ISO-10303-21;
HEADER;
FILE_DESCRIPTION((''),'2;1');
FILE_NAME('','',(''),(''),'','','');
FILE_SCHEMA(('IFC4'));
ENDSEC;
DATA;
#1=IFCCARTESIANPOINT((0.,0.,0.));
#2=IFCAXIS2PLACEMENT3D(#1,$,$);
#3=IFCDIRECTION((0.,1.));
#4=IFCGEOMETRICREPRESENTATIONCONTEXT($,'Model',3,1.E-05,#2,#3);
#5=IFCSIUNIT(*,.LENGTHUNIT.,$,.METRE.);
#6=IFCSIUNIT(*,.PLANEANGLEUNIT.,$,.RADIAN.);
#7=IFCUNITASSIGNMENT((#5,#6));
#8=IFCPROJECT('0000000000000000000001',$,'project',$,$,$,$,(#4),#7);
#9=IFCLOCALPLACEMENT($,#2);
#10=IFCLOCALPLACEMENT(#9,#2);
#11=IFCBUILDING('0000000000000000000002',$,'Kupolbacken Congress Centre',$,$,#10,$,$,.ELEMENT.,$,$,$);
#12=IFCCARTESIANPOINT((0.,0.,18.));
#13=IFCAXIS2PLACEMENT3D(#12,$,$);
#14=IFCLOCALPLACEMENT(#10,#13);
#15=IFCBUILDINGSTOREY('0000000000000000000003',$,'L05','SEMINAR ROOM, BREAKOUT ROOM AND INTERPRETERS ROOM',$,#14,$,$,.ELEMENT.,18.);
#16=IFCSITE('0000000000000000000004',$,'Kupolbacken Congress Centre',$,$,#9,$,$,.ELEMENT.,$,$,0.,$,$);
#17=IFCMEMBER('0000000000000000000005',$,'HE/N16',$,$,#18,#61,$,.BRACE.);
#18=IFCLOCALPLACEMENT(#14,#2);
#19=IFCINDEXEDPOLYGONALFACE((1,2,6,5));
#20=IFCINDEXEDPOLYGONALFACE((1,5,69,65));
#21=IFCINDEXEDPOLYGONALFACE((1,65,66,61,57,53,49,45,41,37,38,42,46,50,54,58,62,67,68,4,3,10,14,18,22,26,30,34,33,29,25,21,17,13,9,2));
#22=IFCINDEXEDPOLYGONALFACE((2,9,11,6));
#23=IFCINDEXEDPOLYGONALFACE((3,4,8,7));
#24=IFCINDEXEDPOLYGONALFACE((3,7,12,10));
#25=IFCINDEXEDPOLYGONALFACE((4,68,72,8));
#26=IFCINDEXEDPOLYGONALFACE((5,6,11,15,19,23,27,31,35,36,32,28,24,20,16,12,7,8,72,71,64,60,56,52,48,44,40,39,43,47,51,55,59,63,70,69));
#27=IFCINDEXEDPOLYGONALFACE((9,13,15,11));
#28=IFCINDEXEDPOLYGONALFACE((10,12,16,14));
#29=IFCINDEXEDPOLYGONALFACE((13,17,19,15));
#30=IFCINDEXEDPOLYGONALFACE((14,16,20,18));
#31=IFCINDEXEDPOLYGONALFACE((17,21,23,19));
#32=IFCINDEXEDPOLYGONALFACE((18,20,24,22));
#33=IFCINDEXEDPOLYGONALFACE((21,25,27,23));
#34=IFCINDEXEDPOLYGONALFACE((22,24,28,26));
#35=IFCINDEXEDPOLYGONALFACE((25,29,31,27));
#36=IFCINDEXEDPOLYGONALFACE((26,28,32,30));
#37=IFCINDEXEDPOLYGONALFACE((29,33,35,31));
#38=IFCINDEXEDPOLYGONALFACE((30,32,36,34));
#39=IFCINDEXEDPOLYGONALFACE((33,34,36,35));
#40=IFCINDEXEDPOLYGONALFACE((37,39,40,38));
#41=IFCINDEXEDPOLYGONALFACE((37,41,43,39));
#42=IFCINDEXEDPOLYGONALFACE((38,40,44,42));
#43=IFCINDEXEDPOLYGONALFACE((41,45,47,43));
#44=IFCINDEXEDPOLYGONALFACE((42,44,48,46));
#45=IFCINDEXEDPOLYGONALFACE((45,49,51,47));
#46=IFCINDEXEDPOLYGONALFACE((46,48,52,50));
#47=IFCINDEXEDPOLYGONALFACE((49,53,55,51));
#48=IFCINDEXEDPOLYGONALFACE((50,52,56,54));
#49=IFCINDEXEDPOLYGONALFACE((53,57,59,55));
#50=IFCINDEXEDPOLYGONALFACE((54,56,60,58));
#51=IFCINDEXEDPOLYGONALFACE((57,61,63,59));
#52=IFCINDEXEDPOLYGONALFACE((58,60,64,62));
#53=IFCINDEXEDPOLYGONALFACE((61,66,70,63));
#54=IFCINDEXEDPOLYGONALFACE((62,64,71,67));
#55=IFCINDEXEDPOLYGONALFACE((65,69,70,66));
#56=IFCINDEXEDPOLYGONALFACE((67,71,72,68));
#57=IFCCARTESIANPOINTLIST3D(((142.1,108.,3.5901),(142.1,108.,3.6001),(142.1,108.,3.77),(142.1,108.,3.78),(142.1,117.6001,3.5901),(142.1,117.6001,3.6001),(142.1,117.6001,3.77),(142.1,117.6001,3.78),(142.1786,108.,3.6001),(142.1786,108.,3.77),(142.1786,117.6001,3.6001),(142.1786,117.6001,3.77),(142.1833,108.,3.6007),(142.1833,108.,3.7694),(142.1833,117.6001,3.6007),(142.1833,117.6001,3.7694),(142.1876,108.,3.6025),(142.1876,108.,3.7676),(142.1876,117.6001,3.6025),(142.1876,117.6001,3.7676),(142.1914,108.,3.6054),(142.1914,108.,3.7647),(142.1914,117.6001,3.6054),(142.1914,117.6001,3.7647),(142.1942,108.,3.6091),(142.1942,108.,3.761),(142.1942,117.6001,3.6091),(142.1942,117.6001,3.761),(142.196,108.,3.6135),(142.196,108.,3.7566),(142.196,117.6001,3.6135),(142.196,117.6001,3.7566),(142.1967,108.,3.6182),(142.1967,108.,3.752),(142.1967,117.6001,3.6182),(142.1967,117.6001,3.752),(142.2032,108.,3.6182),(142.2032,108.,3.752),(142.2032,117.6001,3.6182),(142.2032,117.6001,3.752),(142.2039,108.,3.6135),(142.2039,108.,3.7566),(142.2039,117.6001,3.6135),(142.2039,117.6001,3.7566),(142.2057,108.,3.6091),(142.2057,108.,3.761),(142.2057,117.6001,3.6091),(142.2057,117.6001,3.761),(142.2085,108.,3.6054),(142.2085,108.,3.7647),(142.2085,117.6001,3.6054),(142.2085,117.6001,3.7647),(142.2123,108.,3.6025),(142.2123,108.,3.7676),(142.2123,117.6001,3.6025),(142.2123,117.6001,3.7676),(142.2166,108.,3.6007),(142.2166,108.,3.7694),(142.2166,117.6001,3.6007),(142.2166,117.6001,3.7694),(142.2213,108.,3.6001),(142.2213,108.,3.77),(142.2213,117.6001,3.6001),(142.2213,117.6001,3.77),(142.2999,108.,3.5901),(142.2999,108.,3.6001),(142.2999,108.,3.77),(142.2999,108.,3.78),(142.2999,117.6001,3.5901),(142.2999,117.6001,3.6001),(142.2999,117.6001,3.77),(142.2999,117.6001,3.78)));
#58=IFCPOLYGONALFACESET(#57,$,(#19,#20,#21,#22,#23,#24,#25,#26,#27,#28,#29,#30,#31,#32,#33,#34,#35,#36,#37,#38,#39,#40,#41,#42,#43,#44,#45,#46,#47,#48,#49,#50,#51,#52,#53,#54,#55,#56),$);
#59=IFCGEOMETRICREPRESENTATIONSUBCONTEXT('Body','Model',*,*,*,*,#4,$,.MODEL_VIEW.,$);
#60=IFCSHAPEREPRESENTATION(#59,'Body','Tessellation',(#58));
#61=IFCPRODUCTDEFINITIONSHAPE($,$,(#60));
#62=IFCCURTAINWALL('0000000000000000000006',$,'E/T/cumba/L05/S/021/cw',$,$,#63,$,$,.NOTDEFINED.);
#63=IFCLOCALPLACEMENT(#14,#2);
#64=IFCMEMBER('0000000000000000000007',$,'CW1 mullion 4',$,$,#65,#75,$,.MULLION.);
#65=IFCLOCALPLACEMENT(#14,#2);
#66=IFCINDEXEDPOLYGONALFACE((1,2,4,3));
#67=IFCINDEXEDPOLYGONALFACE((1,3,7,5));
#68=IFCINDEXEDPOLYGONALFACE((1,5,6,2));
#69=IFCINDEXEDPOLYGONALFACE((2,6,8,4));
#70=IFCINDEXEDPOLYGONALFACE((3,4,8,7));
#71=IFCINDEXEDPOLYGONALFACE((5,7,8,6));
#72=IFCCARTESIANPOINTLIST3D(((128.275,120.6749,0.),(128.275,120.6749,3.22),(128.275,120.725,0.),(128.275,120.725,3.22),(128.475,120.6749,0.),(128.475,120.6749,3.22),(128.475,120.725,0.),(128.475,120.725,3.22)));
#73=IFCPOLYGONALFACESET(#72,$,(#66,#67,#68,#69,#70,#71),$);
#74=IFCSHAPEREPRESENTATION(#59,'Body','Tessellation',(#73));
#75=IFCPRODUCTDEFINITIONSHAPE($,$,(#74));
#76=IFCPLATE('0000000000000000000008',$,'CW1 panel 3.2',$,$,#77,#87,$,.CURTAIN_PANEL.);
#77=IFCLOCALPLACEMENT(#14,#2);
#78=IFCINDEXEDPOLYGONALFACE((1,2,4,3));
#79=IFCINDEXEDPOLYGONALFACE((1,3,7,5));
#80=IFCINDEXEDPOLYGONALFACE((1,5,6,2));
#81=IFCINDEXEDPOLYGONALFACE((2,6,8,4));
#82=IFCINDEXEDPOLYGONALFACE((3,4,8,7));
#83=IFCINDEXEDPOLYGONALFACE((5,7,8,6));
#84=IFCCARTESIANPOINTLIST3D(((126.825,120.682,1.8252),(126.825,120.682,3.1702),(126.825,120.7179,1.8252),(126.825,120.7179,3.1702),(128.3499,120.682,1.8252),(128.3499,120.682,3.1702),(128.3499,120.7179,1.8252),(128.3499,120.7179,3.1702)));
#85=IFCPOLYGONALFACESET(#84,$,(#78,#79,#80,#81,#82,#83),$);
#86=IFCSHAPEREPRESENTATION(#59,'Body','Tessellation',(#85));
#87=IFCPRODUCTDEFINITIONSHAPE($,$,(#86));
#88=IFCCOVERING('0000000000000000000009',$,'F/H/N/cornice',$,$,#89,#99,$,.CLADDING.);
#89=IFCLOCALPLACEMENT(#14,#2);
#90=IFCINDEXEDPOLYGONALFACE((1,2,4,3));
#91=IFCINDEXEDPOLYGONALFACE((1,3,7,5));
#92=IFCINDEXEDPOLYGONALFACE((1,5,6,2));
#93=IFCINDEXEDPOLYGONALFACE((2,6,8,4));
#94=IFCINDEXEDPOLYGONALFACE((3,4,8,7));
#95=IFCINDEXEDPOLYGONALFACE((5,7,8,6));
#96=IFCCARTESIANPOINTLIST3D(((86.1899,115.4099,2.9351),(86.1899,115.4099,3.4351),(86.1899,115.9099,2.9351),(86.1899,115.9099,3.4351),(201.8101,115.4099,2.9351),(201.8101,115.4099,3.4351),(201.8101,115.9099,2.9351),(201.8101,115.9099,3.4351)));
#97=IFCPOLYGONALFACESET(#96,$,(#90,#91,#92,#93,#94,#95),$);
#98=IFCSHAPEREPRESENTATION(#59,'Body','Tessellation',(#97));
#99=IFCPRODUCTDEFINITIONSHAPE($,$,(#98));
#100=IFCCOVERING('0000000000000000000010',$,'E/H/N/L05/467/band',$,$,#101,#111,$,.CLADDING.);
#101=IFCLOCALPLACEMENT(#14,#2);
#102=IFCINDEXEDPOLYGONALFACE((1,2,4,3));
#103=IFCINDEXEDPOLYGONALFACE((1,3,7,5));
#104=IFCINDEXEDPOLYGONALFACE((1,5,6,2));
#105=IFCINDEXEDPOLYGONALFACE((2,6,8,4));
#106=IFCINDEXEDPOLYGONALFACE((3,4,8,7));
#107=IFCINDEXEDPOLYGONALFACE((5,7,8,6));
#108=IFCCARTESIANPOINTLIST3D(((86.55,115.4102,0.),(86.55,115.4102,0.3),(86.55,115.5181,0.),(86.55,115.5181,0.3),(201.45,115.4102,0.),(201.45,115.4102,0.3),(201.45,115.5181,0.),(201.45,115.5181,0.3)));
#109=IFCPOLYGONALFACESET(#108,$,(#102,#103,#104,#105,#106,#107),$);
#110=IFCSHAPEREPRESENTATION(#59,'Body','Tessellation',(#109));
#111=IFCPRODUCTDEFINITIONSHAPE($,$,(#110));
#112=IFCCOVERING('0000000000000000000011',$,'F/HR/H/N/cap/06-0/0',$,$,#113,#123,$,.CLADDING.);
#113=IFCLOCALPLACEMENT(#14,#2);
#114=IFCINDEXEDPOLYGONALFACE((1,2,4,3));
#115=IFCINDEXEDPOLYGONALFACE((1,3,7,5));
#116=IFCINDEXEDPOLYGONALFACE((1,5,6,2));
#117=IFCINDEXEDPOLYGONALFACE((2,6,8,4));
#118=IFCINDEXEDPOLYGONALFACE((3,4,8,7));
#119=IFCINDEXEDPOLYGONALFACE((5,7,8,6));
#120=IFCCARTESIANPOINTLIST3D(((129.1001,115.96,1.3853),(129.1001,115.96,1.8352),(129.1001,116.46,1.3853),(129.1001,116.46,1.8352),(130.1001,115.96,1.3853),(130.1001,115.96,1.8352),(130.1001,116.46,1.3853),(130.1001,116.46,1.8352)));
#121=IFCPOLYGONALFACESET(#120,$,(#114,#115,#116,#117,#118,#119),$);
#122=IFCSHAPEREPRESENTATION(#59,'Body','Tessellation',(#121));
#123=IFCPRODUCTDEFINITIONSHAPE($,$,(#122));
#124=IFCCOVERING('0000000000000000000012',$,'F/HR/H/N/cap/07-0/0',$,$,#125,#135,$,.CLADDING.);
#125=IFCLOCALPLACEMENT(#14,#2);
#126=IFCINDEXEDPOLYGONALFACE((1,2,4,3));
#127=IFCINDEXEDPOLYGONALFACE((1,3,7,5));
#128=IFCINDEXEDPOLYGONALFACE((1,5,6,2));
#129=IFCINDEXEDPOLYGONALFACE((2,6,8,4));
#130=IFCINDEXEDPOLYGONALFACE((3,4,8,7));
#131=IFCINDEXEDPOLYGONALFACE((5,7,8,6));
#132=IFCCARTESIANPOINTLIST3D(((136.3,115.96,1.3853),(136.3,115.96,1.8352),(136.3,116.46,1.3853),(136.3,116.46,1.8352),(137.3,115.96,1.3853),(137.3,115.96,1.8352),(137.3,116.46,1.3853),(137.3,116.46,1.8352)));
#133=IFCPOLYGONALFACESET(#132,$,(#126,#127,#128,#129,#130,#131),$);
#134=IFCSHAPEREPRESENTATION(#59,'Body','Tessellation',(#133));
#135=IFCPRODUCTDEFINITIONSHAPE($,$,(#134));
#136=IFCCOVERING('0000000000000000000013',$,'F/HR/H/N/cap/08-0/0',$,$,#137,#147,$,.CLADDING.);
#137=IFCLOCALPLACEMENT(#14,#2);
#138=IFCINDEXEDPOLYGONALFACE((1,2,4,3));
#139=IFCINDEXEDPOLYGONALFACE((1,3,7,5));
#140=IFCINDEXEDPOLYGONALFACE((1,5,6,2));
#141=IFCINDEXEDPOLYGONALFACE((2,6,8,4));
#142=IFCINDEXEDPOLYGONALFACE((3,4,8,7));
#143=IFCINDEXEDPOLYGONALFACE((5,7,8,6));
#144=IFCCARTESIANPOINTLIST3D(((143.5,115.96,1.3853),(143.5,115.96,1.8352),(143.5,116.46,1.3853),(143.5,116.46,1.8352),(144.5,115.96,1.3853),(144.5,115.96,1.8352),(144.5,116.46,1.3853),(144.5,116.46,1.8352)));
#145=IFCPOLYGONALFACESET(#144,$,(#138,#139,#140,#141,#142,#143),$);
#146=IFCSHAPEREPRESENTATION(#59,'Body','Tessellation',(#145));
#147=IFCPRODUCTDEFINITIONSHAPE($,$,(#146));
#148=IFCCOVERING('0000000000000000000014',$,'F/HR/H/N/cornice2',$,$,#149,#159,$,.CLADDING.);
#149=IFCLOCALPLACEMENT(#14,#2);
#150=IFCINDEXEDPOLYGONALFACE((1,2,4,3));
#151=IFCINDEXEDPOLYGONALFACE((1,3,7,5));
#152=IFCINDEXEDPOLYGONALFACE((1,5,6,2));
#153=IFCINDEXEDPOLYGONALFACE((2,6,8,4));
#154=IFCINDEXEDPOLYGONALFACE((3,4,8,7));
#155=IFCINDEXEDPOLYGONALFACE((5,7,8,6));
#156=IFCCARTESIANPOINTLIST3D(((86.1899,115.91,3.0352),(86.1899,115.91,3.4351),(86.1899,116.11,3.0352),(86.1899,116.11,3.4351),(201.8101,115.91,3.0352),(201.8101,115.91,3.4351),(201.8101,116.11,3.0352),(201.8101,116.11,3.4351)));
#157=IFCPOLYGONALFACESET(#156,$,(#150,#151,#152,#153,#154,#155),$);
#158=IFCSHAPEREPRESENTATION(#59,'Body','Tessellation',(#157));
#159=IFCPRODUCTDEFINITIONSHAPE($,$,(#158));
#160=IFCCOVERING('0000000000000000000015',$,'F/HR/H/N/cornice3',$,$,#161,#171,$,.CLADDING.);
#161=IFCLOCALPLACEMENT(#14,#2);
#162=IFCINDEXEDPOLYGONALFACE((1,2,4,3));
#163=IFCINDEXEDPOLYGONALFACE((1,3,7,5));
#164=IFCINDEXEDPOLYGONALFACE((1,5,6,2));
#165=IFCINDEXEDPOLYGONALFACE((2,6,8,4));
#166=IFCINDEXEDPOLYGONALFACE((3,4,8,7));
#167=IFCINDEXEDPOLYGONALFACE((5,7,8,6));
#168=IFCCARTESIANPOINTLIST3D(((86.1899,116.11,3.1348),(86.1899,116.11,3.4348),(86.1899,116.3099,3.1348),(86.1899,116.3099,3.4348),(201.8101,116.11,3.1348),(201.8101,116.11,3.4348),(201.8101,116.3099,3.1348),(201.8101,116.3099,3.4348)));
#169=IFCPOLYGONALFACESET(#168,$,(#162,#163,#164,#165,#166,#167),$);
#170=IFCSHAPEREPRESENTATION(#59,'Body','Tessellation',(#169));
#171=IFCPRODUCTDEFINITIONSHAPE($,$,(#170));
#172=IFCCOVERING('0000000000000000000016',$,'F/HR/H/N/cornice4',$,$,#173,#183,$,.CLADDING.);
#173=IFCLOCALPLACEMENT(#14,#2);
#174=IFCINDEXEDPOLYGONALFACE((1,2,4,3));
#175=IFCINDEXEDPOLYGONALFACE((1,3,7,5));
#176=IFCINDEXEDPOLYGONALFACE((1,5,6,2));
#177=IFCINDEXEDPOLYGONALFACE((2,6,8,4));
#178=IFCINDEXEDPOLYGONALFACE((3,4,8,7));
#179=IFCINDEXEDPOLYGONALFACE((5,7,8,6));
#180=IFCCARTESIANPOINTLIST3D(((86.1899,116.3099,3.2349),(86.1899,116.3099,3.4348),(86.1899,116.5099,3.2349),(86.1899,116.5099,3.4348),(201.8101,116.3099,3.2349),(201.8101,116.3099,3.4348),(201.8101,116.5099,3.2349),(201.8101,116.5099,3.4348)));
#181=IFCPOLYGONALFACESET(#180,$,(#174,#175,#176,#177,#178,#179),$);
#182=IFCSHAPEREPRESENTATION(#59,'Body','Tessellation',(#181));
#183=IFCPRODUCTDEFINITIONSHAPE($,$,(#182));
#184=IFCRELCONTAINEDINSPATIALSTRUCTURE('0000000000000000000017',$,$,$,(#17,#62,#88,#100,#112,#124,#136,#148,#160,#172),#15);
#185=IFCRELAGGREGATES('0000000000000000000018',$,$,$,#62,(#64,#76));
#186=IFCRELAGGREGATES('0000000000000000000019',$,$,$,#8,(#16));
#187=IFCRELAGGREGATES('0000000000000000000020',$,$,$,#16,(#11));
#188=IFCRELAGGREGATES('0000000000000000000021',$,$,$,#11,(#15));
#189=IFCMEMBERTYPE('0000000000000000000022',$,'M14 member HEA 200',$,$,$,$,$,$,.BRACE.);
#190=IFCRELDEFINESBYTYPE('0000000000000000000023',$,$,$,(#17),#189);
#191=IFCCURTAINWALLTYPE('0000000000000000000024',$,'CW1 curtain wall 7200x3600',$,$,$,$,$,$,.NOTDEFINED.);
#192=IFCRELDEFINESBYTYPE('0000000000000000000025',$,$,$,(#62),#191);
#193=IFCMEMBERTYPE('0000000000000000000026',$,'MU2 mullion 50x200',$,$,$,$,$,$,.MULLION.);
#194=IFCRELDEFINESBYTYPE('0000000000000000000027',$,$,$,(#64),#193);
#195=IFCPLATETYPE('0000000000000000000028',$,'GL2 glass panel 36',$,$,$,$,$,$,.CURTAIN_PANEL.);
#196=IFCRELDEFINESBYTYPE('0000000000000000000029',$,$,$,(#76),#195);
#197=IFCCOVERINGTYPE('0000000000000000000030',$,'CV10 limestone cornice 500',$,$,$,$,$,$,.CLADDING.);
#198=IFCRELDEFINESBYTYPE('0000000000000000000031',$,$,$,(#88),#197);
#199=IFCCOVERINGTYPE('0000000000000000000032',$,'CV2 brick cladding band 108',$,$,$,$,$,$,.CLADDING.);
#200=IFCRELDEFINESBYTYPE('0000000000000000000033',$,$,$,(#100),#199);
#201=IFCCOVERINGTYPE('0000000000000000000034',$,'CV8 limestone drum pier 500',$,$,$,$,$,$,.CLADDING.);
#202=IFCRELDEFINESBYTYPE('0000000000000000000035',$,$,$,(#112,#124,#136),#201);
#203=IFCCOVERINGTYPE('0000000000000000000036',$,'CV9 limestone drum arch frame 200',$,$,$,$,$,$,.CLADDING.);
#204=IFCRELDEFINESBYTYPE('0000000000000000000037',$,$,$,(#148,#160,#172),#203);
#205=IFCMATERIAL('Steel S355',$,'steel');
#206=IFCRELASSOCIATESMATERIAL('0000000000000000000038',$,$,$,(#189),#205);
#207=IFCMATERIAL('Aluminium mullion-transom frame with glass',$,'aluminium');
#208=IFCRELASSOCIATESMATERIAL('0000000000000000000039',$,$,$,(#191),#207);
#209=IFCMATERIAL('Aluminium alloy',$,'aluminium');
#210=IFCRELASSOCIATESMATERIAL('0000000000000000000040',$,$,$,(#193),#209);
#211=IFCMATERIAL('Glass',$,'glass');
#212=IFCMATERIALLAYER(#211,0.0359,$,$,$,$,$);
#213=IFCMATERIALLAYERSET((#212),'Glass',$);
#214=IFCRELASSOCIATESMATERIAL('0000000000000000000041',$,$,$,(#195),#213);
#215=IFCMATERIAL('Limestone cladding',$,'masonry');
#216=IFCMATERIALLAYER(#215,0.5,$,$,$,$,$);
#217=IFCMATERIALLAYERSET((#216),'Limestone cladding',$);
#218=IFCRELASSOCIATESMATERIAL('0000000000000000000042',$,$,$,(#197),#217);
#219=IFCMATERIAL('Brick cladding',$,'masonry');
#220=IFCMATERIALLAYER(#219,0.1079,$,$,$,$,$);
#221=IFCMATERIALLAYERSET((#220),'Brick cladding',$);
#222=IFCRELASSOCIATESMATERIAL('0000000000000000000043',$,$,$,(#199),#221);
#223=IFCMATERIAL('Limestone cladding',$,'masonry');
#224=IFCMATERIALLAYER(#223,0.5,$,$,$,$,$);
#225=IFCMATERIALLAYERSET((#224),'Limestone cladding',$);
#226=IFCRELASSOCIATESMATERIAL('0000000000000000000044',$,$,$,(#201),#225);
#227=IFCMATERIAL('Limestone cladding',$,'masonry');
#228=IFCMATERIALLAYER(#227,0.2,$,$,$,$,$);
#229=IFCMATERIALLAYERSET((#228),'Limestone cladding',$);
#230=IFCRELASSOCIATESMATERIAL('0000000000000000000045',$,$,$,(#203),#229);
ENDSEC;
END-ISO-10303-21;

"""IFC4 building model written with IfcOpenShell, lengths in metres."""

from ifc_helpers import new_model, si_unit, direction, frame, origin, origin_2d, place, context, subcontext, project, spatial, rectangle, i_section, extrude, material, layer, layer_set, material_profile, profile_set, type_object, element, aggregate, save


model = new_model("IFC4")

# Units and contexts
model_context = context("Model", 3, precision=1e-05, world=origin(), true_north=direction((0.0, 1.0)))
body_context = subcontext(model_context, "Body", "Model", "MODEL_VIEW")
ifc_project = project(units=[si_unit("LENGTHUNIT", "METRE"), si_unit("PLANEANGLEUNIT", "RADIAN")], contexts=[model_context])

# Site, building, storey
site_placement = place(None, origin())
site = spatial("IfcSite", under=ifc_project, at=site_placement, Name="Kupolbacken Congress Centre", CompositionType="ELEMENT", RefElevation=0.0)
building_placement = place(site_placement, origin())
building = spatial("IfcBuilding", under=site, at=building_placement, Name="Kupolbacken Congress Centre", CompositionType="ELEMENT")
storey_placement = place(building_placement, frame((0.0, 0.0, 18.0)))
storey = spatial("IfcBuildingStorey", under=building, at=storey_placement, Name="L05", Description="SEMINAR ROOM, BREAKOUT ROOM AND INTERPRETERS ROOM", CompositionType="ELEMENT", Elevation=18.0)

# Member
ifc_material_1 = material(Name="Steel S355", Category="steel")
ifc_material_profile_1 = material_profile(ifc_material_1, i_section(OverallWidth=0.2, OverallDepth=0.1899, WebThickness=0.0066, FlangeThickness=0.01, FilletRadius=0.0181, at=origin_2d()), Name="HEA 200")
ifc_profile_set_1 = profile_set([ifc_material_profile_1], Name="Steel S355")
member_type_1 = type_object("IfcMemberType", Name="M14 member HEA 200", PredefinedType="BRACE", material=ifc_profile_set_1)
for number, where, z_axis, x_axis, name in (
    (1, (142.2, 108.0, 3.6851), (0.0, 1.0, 0.0), (-1.0, 0.0, 0.0), "HE/N16"),
):
    element("IfcMember", number, at=place(storey_placement, frame(where, z_axis=z_axis, x_axis=x_axis)), inside=storey, type_object=member_type_1, Name=name, PredefinedType="BRACE", context=body_context, shape_type="SweptSolid", body=[
        extrude(i_section(OverallWidth=0.2, OverallDepth=0.1899, WebThickness=0.0066, FlangeThickness=0.01, FilletRadius=0.0181, at=origin_2d()), origin(), (0.0, 0.0, 1.0), 9.6001),
    ])

# Curtain wall, member, plate
ifc_material_2 = material(Name="Aluminium mullion-transom frame with glass", Category="aluminium")
curtain_wall_type = type_object("IfcCurtainWallType", Name="CW1 curtain wall 7200x3600", PredefinedType="NOTDEFINED", material=ifc_material_2)
curtain_wall_placement = place(storey_placement, origin())
curtain_wall = element("IfcCurtainWall", 2, at=curtain_wall_placement, inside=storey, type_object=curtain_wall_type, Name="E/T/cumba/L05/S/021/cw", PredefinedType="NOTDEFINED")
ifc_material_3 = material(Name="Aluminium alloy", Category="aluminium")
ifc_material_profile_2 = material_profile(ifc_material_3, rectangle(XDim=0.05, YDim=0.2, at=origin_2d()), Name="50 x 200")
ifc_profile_set_2 = profile_set([ifc_material_profile_2], Name="Aluminium alloy")
member_type_2 = type_object("IfcMemberType", Name="MU2 mullion 50x200", PredefinedType="MULLION", material=ifc_profile_set_2)
member_1_placement = place(storey_placement, frame((128.375, 120.7, 0.0), z_axis=(0.0, 0.0, 1.0), x_axis=(0.0, 1.0, 0.0)))
member_1 = element("IfcMember", 3, at=member_1_placement, type_object=member_type_2, Name="CW1 mullion 4", PredefinedType="MULLION", context=body_context, shape_type="SweptSolid", body=[
    extrude(rectangle(XDim=0.05, YDim=0.2, at=origin_2d()), origin(), (0.0, 0.0, 1.0), 3.22),
])
ifc_material_4 = material(Name="Glass", Category="glass")
ifc_layer_1 = layer(ifc_material_4, 0.0359)
ifc_layer_set_1 = layer_set([ifc_layer_1], Name="Glass")
plate_type = type_object("IfcPlateType", Name="GL2 glass panel 36", PredefinedType="CURTAIN_PANEL", material=ifc_layer_set_1)
plate_placement = place(storey_placement, frame((127.5874, 120.7, 1.8252), z_axis=(0.0, 0.0, 1.0), x_axis=(1.0, 0.0, 0.0)))
plate = element("IfcPlate", 4, at=plate_placement, type_object=plate_type, Name="CW1 panel 3.2", PredefinedType="CURTAIN_PANEL", context=body_context, shape_type="SweptSolid", body=[
    extrude(rectangle(XDim=1.5249, YDim=0.0359, at=origin_2d()), origin(), (0.0, 0.0, 1.0), 1.345),
])
aggregate(curtain_wall, [member_1, plate])

# Coverings
ifc_material_5 = material(Name="Limestone cladding", Category="masonry")
ifc_layer_2 = layer(ifc_material_5, 0.5)
ifc_layer_set_2 = layer_set([ifc_layer_2], Name="Limestone cladding")
covering_type_1 = type_object("IfcCoveringType", Name="CV10 limestone cornice 500", PredefinedType="CLADDING", material=ifc_layer_set_2)
covering_1_placement = place(storey_placement, frame((144.0, 115.6599, 2.9351), z_axis=(0.0, 0.0, 1.0), x_axis=(1.0, 0.0, 0.0)))
element("IfcCovering", 5, at=covering_1_placement, inside=storey, type_object=covering_type_1, Name="F/H/N/cornice", PredefinedType="CLADDING", context=body_context, shape_type="SweptSolid", body=[
    extrude(rectangle(XDim=115.6201, YDim=0.5, at=origin_2d()), origin(), (0.0, 0.0, 1.0), 0.5),
])
ifc_material_6 = material(Name="Brick cladding", Category="masonry")
ifc_layer_3 = layer(ifc_material_6, 0.1079)
ifc_layer_set_3 = layer_set([ifc_layer_3], Name="Brick cladding")
covering_type_2 = type_object("IfcCoveringType", Name="CV2 brick cladding band 108", PredefinedType="CLADDING", material=ifc_layer_set_3)
covering_2_placement = place(storey_placement, frame((144.0, 115.4641, 0.0), z_axis=(0.0, 0.0, 1.0), x_axis=(-1.0, 0.0, 0.0)))
element("IfcCovering", 6, at=covering_2_placement, inside=storey, type_object=covering_type_2, Name="E/H/N/L05/467/band", PredefinedType="CLADDING", context=body_context, shape_type="SweptSolid", body=[
    extrude(rectangle(XDim=114.8999, YDim=0.1079, at=origin_2d()), origin(), (0.0, 0.0, 1.0), 0.3),
])
ifc_material_7 = material(Name="Limestone cladding", Category="masonry")
ifc_layer_4 = layer(ifc_material_7, 0.5)
ifc_layer_set_4 = layer_set([ifc_layer_4], Name="Limestone cladding")
covering_type_3 = type_object("IfcCoveringType", Name="CV8 limestone drum pier 500", PredefinedType="CLADDING", material=ifc_layer_set_4)
for number, where, z_axis, x_axis, name in (
    (7, (129.6001, 116.21, 1.3853), (0.0, 0.0, 1.0), (1.0, 0.0, 0.0), "F/HR/H/N/cap/06-0/0"),
    (8, (136.8, 116.21, 1.3853), (0.0, 0.0, 1.0), (1.0, 0.0, 0.0), "F/HR/H/N/cap/07-0/0"),
    (9, (144.0, 116.21, 1.3853), (0.0, 0.0, 1.0), (1.0, 0.0, 0.0), "F/HR/H/N/cap/08-0/0"),
):
    element("IfcCovering", number, at=place(storey_placement, frame(where, z_axis=z_axis, x_axis=x_axis)), inside=storey, type_object=covering_type_3, Name=name, PredefinedType="CLADDING", context=body_context, shape_type="SweptSolid", body=[
        extrude(rectangle(XDim=1.0, YDim=0.5, at=origin_2d()), origin(), (0.0, 0.0, 1.0), 0.45),
    ])
ifc_material_8 = material(Name="Limestone cladding", Category="masonry")
ifc_layer_5 = layer(ifc_material_8, 0.2)
ifc_layer_set_5 = layer_set([ifc_layer_5], Name="Limestone cladding")
covering_type_4 = type_object("IfcCoveringType", Name="CV9 limestone drum arch frame 200", PredefinedType="CLADDING", material=ifc_layer_set_5)
covering_3_placement = place(storey_placement, frame((144.0, 116.01, 3.0352), z_axis=(0.0, 0.0, 1.0), x_axis=(1.0, 0.0, 0.0)))
element("IfcCovering", 10, at=covering_3_placement, inside=storey, type_object=covering_type_4, Name="F/HR/H/N/cornice2", PredefinedType="CLADDING", context=body_context, shape_type="SweptSolid", body=[
    extrude(rectangle(XDim=115.6201, YDim=0.2, at=origin_2d()), origin(), (0.0, 0.0, 1.0), 0.3999),
])
covering_4_placement = place(storey_placement, frame((144.0, 116.21, 3.1348), z_axis=(0.0, 0.0, 1.0), x_axis=(1.0, 0.0, 0.0)))
element("IfcCovering", 11, at=covering_4_placement, inside=storey, type_object=covering_type_4, Name="F/HR/H/N/cornice3", PredefinedType="CLADDING", context=body_context, shape_type="SweptSolid", body=[
    extrude(rectangle(XDim=115.6201, YDim=0.2, at=origin_2d()), origin(), (0.0, 0.0, 1.0), 0.3),
])
covering_5_placement = place(storey_placement, frame((144.0, 116.4099, 3.2349), z_axis=(0.0, 0.0, 1.0), x_axis=(1.0, 0.0, 0.0)))
element("IfcCovering", 12, at=covering_5_placement, inside=storey, type_object=covering_type_4, Name="F/HR/H/N/cornice4", PredefinedType="CLADDING", context=body_context, shape_type="SweptSolid", body=[
    extrude(rectangle(XDim=115.6201, YDim=0.2, at=origin_2d()), origin(), (0.0, 0.0, 1.0), 0.2),
])

save(model, "model.ifc")
